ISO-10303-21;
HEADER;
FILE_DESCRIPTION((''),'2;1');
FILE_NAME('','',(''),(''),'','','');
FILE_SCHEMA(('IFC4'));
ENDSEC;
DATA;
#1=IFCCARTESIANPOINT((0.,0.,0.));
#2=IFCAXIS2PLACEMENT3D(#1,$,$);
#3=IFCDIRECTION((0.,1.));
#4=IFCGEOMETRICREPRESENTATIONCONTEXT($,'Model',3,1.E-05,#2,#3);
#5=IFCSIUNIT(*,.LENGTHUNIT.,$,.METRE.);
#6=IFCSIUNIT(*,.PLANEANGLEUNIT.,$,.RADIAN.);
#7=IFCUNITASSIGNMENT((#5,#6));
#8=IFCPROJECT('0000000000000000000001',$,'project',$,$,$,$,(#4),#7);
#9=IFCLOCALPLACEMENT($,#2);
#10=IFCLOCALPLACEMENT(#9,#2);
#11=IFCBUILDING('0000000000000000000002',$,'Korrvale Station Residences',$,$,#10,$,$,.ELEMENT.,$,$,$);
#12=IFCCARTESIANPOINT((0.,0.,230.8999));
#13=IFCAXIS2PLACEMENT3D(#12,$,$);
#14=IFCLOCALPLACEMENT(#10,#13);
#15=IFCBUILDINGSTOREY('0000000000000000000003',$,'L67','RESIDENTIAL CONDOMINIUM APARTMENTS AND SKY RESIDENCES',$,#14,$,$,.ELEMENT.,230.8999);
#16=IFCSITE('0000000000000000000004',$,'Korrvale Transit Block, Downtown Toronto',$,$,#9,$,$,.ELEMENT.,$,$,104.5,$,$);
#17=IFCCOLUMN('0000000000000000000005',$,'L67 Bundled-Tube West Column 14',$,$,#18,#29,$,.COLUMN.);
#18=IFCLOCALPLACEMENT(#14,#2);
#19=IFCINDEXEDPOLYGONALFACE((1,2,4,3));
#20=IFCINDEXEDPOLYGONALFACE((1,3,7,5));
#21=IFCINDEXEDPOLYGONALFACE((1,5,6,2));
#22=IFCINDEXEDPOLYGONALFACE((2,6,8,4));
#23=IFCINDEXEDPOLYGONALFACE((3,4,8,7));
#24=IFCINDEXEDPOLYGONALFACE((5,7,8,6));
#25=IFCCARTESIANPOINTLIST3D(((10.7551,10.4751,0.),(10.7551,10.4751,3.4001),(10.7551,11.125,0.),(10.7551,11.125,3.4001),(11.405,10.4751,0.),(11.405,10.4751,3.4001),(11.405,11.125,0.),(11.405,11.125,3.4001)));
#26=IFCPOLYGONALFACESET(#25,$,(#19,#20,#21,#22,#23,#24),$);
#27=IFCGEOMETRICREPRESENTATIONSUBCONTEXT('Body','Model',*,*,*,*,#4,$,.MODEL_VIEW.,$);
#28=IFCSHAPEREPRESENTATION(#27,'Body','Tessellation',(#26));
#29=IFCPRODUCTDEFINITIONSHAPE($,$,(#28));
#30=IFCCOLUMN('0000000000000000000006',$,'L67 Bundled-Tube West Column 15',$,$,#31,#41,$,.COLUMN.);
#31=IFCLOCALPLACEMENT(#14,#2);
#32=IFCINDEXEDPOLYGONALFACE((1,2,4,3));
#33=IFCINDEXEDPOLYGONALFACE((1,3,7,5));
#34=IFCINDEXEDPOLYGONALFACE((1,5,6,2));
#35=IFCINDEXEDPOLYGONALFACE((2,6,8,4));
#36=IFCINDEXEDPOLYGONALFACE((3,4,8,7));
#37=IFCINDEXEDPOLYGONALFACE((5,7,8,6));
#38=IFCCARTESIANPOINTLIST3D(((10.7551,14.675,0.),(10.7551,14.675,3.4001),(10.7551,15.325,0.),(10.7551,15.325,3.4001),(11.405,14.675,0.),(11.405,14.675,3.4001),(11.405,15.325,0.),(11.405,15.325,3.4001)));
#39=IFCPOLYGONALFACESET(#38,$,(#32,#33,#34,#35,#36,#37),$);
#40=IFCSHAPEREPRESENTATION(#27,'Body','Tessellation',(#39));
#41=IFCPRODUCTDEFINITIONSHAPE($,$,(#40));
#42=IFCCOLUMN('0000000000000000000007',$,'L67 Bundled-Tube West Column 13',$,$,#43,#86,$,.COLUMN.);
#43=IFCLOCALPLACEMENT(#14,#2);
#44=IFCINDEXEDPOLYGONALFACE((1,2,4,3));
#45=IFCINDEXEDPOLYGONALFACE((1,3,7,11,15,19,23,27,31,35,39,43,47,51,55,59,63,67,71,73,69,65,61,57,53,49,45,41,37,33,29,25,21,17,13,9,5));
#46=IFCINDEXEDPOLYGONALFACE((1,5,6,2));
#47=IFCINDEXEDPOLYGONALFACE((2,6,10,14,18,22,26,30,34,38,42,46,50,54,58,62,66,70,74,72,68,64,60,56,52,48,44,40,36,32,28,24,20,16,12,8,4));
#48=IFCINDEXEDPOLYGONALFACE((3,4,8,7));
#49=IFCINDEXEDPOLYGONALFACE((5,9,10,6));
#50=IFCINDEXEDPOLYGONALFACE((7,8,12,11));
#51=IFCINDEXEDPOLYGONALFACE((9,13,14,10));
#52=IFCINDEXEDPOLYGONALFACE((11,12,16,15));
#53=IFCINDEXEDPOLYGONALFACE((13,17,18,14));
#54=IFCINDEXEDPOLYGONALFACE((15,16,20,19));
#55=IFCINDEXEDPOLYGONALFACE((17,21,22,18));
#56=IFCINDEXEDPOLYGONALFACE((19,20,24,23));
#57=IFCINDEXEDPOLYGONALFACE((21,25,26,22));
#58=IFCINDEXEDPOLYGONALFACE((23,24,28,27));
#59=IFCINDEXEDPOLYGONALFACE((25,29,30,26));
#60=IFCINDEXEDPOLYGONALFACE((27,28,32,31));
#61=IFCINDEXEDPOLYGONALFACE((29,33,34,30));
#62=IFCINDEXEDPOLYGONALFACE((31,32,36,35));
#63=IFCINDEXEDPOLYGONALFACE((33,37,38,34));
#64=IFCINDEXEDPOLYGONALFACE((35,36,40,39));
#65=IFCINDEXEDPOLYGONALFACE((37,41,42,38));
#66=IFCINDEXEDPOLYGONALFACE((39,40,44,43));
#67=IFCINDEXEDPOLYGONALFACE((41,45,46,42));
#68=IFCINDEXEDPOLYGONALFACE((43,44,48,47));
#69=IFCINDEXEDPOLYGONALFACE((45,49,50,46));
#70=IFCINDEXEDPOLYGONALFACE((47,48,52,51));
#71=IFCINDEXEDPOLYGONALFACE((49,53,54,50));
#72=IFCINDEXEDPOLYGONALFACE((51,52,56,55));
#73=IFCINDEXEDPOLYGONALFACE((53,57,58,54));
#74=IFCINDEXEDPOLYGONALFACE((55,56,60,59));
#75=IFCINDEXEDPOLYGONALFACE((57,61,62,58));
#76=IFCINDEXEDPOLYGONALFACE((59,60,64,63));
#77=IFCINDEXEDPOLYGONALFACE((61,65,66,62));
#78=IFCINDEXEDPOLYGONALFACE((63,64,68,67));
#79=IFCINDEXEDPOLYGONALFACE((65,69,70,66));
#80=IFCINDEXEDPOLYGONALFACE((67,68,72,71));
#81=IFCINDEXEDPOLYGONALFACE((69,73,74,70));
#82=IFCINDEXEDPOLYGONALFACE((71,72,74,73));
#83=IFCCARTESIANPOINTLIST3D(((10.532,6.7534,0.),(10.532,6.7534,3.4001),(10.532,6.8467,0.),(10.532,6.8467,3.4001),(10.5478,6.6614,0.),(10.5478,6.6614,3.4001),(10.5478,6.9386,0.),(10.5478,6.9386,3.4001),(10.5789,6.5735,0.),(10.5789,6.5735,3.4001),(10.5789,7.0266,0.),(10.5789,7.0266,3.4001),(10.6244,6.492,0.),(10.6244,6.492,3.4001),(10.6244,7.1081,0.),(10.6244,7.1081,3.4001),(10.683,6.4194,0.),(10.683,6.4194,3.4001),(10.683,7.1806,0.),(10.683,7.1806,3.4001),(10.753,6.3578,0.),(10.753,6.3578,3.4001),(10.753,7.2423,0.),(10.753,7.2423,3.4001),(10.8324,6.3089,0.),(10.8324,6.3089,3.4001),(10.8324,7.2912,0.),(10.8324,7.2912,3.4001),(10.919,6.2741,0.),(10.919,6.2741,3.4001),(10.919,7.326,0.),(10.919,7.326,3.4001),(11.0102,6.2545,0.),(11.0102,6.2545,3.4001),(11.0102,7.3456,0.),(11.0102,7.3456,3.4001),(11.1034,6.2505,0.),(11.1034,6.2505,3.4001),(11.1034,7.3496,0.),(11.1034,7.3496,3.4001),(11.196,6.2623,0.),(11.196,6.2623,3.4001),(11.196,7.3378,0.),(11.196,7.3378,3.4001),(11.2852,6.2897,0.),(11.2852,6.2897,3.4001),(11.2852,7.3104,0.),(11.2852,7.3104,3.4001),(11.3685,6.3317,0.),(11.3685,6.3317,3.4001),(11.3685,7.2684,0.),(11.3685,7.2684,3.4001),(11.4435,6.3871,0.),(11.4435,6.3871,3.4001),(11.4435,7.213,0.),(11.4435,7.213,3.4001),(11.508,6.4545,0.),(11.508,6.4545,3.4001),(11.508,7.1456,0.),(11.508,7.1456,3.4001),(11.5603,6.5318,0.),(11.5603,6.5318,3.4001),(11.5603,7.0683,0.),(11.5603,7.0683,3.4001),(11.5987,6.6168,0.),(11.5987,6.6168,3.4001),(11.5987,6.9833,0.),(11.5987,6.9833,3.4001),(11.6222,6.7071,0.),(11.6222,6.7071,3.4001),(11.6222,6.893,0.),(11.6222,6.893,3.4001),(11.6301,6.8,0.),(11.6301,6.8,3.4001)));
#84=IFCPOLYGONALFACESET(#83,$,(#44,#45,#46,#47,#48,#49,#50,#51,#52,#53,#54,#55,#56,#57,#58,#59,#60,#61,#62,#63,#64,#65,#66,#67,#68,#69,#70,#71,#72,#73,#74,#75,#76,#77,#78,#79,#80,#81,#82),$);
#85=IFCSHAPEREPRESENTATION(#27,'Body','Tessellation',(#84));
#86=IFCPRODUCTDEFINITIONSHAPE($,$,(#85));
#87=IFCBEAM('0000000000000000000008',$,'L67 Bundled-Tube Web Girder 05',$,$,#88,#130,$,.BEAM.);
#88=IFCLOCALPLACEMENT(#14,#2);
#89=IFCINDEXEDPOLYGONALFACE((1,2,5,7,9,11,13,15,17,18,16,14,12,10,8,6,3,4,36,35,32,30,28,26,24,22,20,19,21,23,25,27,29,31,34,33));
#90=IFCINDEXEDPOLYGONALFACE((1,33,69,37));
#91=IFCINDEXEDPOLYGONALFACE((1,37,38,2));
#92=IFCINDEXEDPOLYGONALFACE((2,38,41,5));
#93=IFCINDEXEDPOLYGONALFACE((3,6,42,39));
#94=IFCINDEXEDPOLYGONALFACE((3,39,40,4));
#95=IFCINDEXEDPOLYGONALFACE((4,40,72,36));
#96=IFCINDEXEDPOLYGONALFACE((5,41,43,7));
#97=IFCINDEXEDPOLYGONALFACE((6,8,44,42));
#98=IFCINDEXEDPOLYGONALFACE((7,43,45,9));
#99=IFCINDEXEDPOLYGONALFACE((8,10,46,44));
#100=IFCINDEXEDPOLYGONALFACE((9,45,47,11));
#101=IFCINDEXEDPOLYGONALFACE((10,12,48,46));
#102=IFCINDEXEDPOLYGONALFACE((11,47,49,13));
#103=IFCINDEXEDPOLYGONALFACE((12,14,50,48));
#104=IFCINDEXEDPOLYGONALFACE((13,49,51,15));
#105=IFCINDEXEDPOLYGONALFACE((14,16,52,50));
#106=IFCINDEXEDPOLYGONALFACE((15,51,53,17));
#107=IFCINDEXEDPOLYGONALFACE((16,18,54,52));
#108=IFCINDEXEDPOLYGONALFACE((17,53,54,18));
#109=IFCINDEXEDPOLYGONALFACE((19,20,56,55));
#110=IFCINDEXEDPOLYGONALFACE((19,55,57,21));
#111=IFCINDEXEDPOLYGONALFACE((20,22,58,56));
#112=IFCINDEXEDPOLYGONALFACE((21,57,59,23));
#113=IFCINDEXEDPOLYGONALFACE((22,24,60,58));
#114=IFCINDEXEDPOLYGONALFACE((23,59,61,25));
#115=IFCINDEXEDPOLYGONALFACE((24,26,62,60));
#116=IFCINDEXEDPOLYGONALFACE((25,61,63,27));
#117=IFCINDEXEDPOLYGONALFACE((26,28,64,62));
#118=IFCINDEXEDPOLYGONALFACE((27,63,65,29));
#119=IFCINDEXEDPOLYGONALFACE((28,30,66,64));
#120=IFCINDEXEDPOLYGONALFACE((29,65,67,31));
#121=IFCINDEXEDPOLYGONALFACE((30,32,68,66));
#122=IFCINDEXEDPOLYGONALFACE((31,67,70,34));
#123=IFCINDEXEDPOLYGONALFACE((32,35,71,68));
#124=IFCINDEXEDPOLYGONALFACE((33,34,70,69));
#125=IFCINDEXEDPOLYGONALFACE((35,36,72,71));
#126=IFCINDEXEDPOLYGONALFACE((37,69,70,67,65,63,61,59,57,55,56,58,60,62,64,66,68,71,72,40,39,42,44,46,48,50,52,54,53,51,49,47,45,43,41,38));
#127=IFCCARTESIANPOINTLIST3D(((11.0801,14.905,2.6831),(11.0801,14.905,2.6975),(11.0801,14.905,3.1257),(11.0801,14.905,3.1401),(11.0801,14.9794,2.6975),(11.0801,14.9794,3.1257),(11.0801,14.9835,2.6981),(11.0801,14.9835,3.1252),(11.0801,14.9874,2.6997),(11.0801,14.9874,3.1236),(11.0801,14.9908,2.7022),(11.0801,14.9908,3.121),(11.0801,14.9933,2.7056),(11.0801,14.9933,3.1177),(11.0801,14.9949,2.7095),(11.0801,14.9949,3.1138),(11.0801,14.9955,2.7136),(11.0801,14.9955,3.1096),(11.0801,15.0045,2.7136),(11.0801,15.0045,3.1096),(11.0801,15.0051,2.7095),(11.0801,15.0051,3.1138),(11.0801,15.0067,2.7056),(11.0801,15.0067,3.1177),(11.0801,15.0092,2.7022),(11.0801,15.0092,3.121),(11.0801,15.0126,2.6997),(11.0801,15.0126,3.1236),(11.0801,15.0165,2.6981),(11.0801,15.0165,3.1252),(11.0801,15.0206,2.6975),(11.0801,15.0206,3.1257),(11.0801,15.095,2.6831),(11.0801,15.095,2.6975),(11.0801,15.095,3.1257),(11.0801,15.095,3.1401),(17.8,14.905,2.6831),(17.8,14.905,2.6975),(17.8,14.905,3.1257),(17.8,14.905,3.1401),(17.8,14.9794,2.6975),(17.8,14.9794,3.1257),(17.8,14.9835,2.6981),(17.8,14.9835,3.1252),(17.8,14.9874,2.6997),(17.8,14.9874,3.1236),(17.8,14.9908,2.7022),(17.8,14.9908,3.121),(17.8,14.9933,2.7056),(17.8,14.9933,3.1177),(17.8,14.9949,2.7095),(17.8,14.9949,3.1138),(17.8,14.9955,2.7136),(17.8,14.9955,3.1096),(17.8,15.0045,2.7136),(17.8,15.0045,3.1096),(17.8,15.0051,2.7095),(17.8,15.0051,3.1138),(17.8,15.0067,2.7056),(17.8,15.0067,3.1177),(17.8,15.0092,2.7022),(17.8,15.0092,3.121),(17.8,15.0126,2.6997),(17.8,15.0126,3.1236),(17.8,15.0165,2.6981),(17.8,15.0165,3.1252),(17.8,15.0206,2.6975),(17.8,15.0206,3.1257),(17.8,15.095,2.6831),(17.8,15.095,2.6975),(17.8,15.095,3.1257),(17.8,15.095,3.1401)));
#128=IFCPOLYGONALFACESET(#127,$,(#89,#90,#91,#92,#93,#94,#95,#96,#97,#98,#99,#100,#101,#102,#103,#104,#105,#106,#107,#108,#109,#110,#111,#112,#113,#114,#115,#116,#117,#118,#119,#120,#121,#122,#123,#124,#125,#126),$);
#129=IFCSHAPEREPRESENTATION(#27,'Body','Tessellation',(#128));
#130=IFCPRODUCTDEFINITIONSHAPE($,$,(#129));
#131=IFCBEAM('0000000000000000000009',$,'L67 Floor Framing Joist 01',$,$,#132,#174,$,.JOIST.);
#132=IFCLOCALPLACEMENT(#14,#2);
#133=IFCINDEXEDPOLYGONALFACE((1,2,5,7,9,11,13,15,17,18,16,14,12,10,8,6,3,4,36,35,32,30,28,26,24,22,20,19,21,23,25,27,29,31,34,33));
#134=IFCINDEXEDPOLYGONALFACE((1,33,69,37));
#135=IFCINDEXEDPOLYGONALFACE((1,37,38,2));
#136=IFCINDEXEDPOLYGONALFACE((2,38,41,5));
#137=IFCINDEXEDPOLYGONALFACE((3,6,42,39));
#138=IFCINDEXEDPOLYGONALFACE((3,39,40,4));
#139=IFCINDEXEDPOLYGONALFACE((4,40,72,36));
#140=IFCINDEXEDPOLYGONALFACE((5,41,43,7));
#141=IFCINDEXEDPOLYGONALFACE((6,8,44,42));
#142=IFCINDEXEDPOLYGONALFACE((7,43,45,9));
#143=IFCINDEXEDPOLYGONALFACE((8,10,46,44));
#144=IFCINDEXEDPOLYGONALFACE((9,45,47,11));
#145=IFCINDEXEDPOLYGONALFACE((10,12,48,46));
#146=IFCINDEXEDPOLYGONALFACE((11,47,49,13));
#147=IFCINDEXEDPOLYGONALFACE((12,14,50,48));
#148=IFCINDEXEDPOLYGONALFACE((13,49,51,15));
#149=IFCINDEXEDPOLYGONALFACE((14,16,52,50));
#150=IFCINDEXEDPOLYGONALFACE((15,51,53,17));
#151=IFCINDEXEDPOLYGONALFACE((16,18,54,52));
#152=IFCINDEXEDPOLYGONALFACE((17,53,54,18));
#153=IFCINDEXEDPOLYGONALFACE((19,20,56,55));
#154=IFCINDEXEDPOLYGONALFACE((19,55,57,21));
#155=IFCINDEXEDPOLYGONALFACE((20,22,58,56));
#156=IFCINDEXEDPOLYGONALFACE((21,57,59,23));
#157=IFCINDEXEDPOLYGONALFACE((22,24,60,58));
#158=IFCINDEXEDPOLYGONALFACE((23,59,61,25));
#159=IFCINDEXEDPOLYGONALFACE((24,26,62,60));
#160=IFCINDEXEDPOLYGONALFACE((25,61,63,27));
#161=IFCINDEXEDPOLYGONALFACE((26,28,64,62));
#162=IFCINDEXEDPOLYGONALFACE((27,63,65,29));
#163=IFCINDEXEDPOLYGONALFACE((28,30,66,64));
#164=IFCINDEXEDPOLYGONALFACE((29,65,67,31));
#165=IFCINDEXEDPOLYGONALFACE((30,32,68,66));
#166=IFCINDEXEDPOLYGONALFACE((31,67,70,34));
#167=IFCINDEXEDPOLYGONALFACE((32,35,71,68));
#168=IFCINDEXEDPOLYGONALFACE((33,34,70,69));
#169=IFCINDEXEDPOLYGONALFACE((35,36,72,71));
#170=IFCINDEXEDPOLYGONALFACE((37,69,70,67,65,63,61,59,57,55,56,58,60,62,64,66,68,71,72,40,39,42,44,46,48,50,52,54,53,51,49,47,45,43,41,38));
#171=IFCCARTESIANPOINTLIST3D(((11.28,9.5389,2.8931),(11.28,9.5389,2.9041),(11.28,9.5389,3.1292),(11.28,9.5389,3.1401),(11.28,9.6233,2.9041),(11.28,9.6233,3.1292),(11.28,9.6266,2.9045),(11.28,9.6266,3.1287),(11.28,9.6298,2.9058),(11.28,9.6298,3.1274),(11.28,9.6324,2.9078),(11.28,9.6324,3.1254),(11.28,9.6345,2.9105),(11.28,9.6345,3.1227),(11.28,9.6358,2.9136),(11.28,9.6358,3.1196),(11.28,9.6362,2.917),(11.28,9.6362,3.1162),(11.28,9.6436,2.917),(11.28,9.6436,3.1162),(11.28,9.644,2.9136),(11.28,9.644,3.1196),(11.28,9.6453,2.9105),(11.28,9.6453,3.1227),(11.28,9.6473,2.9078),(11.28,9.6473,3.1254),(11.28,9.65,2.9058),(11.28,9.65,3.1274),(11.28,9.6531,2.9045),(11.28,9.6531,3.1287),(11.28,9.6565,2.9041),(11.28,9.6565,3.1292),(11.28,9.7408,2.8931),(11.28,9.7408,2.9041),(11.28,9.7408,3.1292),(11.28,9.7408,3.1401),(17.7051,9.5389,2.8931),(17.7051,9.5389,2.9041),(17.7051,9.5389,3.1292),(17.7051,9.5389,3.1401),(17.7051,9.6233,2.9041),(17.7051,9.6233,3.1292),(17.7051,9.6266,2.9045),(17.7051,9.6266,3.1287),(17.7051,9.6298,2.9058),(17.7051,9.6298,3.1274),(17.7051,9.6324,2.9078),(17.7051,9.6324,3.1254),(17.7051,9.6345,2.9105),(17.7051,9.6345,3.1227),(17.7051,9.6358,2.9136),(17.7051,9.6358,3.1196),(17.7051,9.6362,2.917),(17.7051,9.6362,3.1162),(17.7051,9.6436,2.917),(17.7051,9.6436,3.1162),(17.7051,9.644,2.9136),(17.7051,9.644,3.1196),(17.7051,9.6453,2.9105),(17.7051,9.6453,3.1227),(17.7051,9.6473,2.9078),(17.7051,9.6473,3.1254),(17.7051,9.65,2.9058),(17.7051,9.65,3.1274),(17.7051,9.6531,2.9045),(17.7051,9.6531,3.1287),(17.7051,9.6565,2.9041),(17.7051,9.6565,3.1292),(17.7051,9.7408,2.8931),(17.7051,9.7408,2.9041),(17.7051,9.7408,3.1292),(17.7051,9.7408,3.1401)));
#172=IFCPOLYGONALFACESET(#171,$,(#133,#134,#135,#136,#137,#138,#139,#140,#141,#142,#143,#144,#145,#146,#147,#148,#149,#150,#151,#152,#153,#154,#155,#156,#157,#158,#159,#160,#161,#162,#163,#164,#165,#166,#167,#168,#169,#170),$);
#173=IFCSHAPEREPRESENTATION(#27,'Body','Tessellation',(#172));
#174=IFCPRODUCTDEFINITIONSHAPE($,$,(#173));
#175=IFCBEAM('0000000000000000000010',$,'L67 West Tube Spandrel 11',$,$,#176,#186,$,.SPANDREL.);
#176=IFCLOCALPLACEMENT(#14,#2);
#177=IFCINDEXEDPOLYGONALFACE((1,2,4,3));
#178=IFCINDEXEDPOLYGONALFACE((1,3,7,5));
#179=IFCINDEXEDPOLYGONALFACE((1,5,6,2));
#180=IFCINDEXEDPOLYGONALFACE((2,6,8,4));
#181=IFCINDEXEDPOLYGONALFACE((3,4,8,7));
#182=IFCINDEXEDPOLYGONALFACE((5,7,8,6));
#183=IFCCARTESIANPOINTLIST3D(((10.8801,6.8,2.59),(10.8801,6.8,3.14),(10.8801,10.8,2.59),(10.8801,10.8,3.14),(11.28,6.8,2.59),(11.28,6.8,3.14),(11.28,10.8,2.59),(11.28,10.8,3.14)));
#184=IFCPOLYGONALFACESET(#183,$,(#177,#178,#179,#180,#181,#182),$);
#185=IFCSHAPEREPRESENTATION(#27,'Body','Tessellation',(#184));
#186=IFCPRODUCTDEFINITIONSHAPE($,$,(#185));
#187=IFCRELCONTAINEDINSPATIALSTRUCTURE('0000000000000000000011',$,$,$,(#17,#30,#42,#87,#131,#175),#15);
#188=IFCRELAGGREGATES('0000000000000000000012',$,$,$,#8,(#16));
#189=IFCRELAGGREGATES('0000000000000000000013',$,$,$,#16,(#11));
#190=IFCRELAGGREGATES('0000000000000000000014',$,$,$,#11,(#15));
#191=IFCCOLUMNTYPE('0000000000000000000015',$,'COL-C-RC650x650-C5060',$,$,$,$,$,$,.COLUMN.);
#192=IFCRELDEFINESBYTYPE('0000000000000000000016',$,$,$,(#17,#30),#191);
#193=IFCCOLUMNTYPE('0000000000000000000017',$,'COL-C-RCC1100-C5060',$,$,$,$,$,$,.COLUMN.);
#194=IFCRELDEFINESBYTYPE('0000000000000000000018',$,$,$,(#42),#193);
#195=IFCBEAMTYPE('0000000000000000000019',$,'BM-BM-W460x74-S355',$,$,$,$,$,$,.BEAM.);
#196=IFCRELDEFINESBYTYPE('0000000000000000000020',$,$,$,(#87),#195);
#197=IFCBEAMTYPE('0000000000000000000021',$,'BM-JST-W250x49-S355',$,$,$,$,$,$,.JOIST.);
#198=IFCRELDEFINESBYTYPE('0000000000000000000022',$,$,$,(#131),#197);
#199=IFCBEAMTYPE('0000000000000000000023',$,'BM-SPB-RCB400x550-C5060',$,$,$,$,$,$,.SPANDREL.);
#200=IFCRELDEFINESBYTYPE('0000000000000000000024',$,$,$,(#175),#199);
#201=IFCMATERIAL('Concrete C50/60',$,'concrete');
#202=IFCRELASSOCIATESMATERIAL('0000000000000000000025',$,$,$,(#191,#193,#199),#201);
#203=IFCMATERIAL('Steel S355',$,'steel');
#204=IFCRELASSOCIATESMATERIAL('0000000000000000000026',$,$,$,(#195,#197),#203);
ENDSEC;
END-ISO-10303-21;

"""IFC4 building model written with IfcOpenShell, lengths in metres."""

from ifc_helpers import new_model, si_unit, direction, frame, origin, origin_2d, place, context, subcontext, project, spatial, rectangle, circle, i_section, extrude, material, material_profile, profile_set, type_object, element, save


model = new_model("IFC4")

# Units and contexts
model_context = context("Model", 3, precision=1e-05, world=origin(), true_north=direction((0.0, 1.0)))
body_context = subcontext(model_context, "Body", "Model", "MODEL_VIEW")
ifc_project = project(units=[si_unit("LENGTHUNIT", "METRE"), si_unit("PLANEANGLEUNIT", "RADIAN")], contexts=[model_context])

# Site, building, storey
site_placement = place(None, origin())
site = spatial("IfcSite", under=ifc_project, at=site_placement, Name="Korrvale Transit Block, Downtown Toronto", CompositionType="ELEMENT", RefElevation=104.5)
building_placement = place(site_placement, origin())
building = spatial("IfcBuilding", under=site, at=building_placement, Name="Korrvale Station Residences", CompositionType="ELEMENT")
storey_placement = place(building_placement, frame((0.0, 0.0, 230.8999)))
storey = spatial("IfcBuildingStorey", under=building, at=storey_placement, Name="L67", Description="RESIDENTIAL CONDOMINIUM APARTMENTS AND SKY RESIDENCES", CompositionType="ELEMENT", Elevation=230.8999)

# Columns
ifc_material_1 = material(Name="Concrete C50/60", Category="concrete")
ifc_material_profile_1 = material_profile(ifc_material_1, rectangle(XDim=0.6499, YDim=0.6499, at=origin_2d()), Name="RC650x650")
ifc_profile_set_1 = profile_set([ifc_material_profile_1], Name="Concrete C50/60")
column_type_1 = type_object("IfcColumnType", Name="COL-C-RC650x650-C5060", PredefinedType="COLUMN", material=ifc_profile_set_1)
for number, where, z_axis, x_axis, name in (
    (1, (11.0801, 10.8, 0.0), (0.0, 0.0, 1.0), (1.0, 0.0, 0.0), "L67 Bundled-Tube West Column 14"),
    (2, (11.0801, 15.0, 0.0), (0.0, 0.0, 1.0), (1.0, 0.0, 0.0), "L67 Bundled-Tube West Column 15"),
):
    element("IfcColumn", number, at=place(storey_placement, frame(where, z_axis=z_axis, x_axis=x_axis)), inside=storey, type_object=column_type_1, Name=name, PredefinedType="COLUMN", context=body_context, shape_type="SweptSolid", body=[
        extrude(rectangle(XDim=0.6499, YDim=0.6499, at=origin_2d()), origin(), (0.0, 0.0, 1.0), 3.4001),
    ])
ifc_material_profile_2 = material_profile(ifc_material_1, circle(Radius=0.55, at=origin_2d()), Name="RCC1100")
ifc_profile_set_2 = profile_set([ifc_material_profile_2], Name="Concrete C50/60")
column_type_2 = type_object("IfcColumnType", Name="COL-C-RCC1100-C5060", PredefinedType="COLUMN", material=ifc_profile_set_2)
column_placement = place(storey_placement, frame((11.0801, 6.8, 0.0), z_axis=(0.0, 0.0, 1.0), x_axis=(1.0, 0.0, 0.0)))
element("IfcColumn", 3, at=column_placement, inside=storey, type_object=column_type_2, Name="L67 Bundled-Tube West Column 13", PredefinedType="COLUMN", context=body_context, shape_type="SweptSolid", body=[
    extrude(circle(Radius=0.55, at=origin_2d()), origin(), (0.0, 0.0, 1.0), 3.4001),
])

# Beams
ifc_material_2 = material(Name="Steel S355", Category="steel")
ifc_material_profile_3 = material_profile(ifc_material_2, i_section(OverallWidth=0.1899, OverallDepth=0.457, WebThickness=0.009, FlangeThickness=0.0144, FilletRadius=0.0161, at=origin_2d()), Name="W460x74")
ifc_profile_set_3 = profile_set([ifc_material_profile_3], Name="Steel S355")
beam_type_1 = type_object("IfcBeamType", Name="BM-BM-W460x74-S355", PredefinedType="BEAM", material=ifc_profile_set_3)
beam_1_placement = place(storey_placement, frame((11.0801, 15.0, 2.9116), z_axis=(1.0, 0.0, 0.0), x_axis=(0.0, 1.0, 0.0)))
element("IfcBeam", 4, at=beam_1_placement, inside=storey, type_object=beam_type_1, Name="L67 Bundled-Tube Web Girder 05", PredefinedType="BEAM", context=body_context, shape_type="SweptSolid", body=[
    extrude(i_section(OverallWidth=0.1899, OverallDepth=0.457, WebThickness=0.009, FlangeThickness=0.0144, FilletRadius=0.0161, at=origin_2d()), origin(), (0.0, 0.0, 1.0), 6.72),
])
ifc_material_profile_4 = material_profile(ifc_material_2, i_section(OverallWidth=0.2019, OverallDepth=0.2471, WebThickness=0.0073, FlangeThickness=0.011, FilletRadius=0.0129, at=origin_2d()), Name="W250x49")
ifc_profile_set_4 = profile_set([ifc_material_profile_4], Name="Steel S355")
beam_type_2 = type_object("IfcBeamType", Name="BM-JST-W250x49-S355", PredefinedType="JOIST", material=ifc_profile_set_4)
beam_2_placement = place(storey_placement, frame((11.28, 9.6399, 3.0166), z_axis=(1.0, 0.0, 0.0), x_axis=(0.0, 1.0, 0.0)))
element("IfcBeam", 5, at=beam_2_placement, inside=storey, type_object=beam_type_2, Name="L67 Floor Framing Joist 01", PredefinedType="JOIST", context=body_context, shape_type="SweptSolid", body=[
    extrude(i_section(OverallWidth=0.2019, OverallDepth=0.2471, WebThickness=0.0073, FlangeThickness=0.011, FilletRadius=0.0129, at=origin_2d()), origin(), (0.0, 0.0, 1.0), 6.425),
])
ifc_material_profile_5 = material_profile(ifc_material_1, rectangle(XDim=0.3999, YDim=0.55, at=origin_2d()), Name="RCB400x550")
ifc_profile_set_5 = profile_set([ifc_material_profile_5], Name="Concrete C50/60")
beam_type_3 = type_object("IfcBeamType", Name="BM-SPB-RCB400x550-C5060", PredefinedType="SPANDREL", material=ifc_profile_set_5)
beam_3_placement = place(storey_placement, frame((11.0801, 6.8, 2.865), z_axis=(0.0, 1.0, 0.0), x_axis=(-1.0, 0.0, 0.0)))
element("IfcBeam", 6, at=beam_3_placement, inside=storey, type_object=beam_type_3, Name="L67 West Tube Spandrel 11", PredefinedType="SPANDREL", context=body_context, shape_type="SweptSolid", body=[
    extrude(rectangle(XDim=0.3999, YDim=0.55, at=origin_2d()), origin(), (0.0, 0.0, 1.0), 4.0),
])

save(model, "model.ifc")
